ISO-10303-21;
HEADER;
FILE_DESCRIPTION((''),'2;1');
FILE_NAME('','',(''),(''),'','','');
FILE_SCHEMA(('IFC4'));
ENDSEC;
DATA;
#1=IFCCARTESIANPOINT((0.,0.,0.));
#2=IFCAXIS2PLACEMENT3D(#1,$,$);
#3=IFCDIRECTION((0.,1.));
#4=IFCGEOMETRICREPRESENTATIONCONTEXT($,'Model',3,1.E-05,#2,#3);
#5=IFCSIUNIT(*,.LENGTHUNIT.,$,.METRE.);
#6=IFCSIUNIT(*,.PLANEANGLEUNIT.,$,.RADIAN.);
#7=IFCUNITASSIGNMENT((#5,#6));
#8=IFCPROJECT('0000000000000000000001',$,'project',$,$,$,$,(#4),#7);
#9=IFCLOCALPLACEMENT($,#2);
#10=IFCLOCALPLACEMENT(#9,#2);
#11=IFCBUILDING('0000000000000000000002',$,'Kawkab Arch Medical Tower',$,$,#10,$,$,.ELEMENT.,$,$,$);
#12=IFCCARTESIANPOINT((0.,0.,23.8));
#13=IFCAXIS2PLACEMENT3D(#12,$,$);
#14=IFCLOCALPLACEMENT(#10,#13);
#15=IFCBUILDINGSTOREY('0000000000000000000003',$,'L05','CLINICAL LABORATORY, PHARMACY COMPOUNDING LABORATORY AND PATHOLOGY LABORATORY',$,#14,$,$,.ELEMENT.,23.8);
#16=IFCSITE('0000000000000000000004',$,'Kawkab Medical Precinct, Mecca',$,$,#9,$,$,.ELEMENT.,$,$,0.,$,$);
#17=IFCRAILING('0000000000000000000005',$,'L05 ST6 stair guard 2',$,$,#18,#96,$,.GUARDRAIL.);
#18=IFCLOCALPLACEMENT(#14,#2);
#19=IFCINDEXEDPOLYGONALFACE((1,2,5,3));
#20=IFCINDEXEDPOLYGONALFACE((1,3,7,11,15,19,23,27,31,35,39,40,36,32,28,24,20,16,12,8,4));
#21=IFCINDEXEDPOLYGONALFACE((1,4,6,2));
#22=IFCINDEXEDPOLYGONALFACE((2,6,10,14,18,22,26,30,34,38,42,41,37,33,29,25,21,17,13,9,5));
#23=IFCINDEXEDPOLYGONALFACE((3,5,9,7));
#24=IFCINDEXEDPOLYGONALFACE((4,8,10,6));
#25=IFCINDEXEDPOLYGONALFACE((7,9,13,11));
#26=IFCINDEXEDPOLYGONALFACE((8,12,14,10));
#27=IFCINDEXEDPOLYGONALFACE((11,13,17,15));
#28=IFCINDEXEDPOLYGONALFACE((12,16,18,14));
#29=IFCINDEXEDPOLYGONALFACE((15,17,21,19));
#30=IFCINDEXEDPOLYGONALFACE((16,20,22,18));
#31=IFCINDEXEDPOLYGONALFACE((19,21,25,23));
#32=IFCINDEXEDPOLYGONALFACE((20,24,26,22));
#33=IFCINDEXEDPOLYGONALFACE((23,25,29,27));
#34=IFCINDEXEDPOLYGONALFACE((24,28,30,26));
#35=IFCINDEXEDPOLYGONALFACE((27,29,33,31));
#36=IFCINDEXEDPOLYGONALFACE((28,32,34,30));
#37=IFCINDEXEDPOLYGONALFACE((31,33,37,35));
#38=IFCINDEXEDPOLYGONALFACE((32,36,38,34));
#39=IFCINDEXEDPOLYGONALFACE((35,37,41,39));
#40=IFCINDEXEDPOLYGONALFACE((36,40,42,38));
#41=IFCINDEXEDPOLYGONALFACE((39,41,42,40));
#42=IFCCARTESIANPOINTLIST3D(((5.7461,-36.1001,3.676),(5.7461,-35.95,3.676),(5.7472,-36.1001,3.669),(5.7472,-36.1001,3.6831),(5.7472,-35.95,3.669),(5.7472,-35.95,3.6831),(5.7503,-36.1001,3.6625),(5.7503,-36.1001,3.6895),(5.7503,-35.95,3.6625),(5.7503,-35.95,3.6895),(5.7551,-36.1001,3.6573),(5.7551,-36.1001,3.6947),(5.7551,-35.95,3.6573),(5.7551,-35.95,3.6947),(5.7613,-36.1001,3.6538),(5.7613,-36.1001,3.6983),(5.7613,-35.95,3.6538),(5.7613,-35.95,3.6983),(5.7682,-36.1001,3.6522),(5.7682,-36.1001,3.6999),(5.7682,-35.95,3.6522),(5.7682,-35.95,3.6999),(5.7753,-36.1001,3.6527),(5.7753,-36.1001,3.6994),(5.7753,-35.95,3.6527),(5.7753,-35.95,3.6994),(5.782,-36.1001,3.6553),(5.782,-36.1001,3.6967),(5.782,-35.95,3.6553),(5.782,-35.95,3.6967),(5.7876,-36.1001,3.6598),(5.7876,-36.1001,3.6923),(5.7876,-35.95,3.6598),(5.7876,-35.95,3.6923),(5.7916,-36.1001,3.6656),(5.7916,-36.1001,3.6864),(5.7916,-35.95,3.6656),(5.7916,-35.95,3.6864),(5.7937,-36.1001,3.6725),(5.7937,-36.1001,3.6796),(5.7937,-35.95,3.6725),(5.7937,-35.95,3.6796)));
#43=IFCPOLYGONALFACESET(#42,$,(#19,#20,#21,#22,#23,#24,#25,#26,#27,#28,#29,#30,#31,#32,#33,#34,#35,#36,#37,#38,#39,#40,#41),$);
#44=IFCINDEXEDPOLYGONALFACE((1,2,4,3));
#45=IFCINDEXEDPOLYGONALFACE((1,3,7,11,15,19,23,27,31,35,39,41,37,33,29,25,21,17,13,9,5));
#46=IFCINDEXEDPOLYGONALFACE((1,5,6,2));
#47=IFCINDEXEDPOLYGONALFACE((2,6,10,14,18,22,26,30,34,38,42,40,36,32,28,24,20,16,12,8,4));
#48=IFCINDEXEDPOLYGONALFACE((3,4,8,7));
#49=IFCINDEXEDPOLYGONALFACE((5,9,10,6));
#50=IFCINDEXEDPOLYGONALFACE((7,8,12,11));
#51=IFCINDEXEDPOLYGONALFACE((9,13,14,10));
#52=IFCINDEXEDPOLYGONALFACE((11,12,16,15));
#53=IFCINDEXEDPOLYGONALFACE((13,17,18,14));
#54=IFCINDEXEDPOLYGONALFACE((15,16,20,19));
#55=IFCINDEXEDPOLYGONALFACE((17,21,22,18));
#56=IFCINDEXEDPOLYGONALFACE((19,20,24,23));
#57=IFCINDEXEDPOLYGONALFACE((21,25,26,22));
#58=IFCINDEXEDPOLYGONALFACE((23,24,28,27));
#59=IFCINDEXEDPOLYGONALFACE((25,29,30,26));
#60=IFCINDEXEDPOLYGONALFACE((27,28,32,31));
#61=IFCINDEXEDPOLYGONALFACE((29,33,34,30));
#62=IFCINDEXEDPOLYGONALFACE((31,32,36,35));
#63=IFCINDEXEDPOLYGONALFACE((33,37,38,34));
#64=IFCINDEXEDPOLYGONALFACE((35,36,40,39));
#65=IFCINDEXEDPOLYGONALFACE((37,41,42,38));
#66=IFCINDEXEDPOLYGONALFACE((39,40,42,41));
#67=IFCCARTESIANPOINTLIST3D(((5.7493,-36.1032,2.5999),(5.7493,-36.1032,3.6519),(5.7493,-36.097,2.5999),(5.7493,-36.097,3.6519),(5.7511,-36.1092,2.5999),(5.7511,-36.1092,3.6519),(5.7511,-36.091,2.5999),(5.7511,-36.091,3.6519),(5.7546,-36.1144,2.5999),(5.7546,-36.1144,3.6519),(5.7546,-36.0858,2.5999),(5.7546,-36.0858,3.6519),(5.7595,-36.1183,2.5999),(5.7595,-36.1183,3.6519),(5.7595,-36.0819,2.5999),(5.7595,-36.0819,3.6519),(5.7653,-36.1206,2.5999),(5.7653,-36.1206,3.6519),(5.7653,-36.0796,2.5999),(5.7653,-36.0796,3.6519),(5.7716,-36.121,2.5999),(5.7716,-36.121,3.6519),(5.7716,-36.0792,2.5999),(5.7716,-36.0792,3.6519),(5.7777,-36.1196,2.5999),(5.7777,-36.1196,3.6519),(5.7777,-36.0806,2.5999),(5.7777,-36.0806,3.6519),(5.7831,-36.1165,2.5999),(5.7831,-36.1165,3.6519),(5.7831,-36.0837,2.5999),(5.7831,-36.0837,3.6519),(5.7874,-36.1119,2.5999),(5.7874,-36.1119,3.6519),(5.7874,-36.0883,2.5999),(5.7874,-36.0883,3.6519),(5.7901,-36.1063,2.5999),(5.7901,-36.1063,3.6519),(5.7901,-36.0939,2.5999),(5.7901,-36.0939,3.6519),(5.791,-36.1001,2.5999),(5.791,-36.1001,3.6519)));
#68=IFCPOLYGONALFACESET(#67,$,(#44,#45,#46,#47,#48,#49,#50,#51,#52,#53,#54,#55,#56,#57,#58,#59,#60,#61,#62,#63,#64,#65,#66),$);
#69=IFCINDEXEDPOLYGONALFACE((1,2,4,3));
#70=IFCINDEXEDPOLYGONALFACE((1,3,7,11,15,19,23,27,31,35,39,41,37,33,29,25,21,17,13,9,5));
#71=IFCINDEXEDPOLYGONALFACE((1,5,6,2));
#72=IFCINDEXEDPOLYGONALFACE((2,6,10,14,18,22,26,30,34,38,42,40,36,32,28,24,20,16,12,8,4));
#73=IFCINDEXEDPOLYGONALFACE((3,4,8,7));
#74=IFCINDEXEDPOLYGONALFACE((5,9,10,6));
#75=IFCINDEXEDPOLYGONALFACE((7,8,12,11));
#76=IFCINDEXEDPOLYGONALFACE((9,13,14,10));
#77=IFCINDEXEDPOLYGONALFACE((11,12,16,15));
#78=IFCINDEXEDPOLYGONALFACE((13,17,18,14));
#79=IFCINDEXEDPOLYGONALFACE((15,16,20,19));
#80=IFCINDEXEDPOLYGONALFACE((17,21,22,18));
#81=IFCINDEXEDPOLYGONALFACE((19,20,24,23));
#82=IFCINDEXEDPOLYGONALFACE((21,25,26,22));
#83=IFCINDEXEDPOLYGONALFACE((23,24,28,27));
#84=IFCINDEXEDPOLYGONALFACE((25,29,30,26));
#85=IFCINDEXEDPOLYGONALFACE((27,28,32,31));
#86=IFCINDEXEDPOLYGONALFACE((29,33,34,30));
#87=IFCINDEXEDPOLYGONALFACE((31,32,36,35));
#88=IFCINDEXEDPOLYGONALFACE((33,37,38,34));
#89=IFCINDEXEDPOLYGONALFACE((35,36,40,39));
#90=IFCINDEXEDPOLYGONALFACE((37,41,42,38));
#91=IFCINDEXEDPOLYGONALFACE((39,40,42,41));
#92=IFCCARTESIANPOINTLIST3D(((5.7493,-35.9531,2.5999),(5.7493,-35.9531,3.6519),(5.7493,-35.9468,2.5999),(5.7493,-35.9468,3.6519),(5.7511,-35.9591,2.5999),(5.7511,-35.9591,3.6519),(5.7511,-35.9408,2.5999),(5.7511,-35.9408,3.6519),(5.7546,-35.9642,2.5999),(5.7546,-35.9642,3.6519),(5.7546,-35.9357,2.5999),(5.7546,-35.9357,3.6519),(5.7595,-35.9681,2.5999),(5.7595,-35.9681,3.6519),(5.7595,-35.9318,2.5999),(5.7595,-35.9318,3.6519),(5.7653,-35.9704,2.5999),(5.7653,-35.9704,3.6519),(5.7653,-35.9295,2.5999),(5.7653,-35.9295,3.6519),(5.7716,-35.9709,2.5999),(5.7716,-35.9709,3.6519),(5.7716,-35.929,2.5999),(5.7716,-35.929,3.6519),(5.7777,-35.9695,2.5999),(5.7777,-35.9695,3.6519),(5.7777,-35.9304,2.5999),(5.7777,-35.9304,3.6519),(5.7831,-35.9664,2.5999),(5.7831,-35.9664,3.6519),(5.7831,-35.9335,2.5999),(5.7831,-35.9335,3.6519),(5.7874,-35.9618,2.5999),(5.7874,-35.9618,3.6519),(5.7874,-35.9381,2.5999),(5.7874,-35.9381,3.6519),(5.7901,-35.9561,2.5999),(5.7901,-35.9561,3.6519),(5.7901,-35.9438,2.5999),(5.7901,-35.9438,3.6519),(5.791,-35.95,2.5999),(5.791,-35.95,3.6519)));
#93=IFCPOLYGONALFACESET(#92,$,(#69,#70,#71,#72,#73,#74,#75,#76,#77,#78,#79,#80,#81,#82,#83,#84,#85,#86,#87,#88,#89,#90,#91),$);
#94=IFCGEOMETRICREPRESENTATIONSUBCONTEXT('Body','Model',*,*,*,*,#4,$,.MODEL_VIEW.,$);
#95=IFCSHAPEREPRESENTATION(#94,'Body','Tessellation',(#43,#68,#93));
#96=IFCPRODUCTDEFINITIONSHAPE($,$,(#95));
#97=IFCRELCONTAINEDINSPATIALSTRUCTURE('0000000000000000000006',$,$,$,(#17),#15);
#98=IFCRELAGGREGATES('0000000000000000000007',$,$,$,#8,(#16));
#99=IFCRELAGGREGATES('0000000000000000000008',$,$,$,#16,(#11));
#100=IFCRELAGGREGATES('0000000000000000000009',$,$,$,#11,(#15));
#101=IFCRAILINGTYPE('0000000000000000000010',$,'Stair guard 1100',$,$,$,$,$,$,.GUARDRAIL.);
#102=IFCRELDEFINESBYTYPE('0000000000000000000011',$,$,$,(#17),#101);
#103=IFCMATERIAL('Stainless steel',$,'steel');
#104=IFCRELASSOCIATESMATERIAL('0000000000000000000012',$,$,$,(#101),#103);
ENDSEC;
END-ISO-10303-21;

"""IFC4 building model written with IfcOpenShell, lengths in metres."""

from ifc_helpers import new_model, si_unit, direction, frame, origin, origin_2d, place, context, subcontext, project, spatial, circle, extrude, material, type_object, element, save


model = new_model("IFC4")

# Units and contexts
model_context = context("Model", 3, precision=1e-05, world=origin(), true_north=direction((0.0, 1.0)))
body_context = subcontext(model_context, "Body", "Model", "MODEL_VIEW")
ifc_project = project(units=[si_unit("LENGTHUNIT", "METRE"), si_unit("PLANEANGLEUNIT", "RADIAN")], contexts=[model_context])

# Site, building, storey
site_placement = place(None, origin())
site = spatial("IfcSite", under=ifc_project, at=site_placement, Name="Kawkab Medical Precinct, Mecca", CompositionType="ELEMENT", RefElevation=0.0)
building_placement = place(site_placement, origin())
building = spatial("IfcBuilding", under=site, at=building_placement, Name="Kawkab Arch Medical Tower", CompositionType="ELEMENT")
storey_placement = place(building_placement, frame((0.0, 0.0, 23.8)))
storey = spatial("IfcBuildingStorey", under=building, at=storey_placement, Name="L05", Description="CLINICAL LABORATORY, PHARMACY COMPOUNDING LABORATORY AND PATHOLOGY LABORATORY", CompositionType="ELEMENT", Elevation=23.8)

# Railing
ifc_material_1 = material(Name="Stainless steel", Category="steel")
railing_type = type_object("IfcRailingType", Name="Stair guard 1100", PredefinedType="GUARDRAIL", material=ifc_material_1)
railing_1_placement = place(storey_placement, frame((5.77, -36.1001, 2.5999)))
element("IfcRailing", 1, at=railing_1_placement, inside=storey, type_object=railing_type, Name="L05 ST6 stair guard 2", PredefinedType="GUARDRAIL", context=body_context, shape_type="SweptSolid", body=[
    extrude(circle(Radius=0.0239, at=origin_2d()), frame((0.0, 0.0, 1.0762), z_axis=(0.0, 1.0, 0.0), x_axis=(-1.0, 0.0, 0.0)), (0.0, 0.0, 1.0), 0.1501),
    extrude(circle(Radius=0.021, at=origin_2d()), origin(), (0.0, 0.0, 1.0), 1.052),
    extrude(circle(Radius=0.021, at=origin_2d()), frame((0.0, 0.1501, 0.0)), (0.0, 0.0, 1.0), 1.052),
])

save(model, "model.ifc")
